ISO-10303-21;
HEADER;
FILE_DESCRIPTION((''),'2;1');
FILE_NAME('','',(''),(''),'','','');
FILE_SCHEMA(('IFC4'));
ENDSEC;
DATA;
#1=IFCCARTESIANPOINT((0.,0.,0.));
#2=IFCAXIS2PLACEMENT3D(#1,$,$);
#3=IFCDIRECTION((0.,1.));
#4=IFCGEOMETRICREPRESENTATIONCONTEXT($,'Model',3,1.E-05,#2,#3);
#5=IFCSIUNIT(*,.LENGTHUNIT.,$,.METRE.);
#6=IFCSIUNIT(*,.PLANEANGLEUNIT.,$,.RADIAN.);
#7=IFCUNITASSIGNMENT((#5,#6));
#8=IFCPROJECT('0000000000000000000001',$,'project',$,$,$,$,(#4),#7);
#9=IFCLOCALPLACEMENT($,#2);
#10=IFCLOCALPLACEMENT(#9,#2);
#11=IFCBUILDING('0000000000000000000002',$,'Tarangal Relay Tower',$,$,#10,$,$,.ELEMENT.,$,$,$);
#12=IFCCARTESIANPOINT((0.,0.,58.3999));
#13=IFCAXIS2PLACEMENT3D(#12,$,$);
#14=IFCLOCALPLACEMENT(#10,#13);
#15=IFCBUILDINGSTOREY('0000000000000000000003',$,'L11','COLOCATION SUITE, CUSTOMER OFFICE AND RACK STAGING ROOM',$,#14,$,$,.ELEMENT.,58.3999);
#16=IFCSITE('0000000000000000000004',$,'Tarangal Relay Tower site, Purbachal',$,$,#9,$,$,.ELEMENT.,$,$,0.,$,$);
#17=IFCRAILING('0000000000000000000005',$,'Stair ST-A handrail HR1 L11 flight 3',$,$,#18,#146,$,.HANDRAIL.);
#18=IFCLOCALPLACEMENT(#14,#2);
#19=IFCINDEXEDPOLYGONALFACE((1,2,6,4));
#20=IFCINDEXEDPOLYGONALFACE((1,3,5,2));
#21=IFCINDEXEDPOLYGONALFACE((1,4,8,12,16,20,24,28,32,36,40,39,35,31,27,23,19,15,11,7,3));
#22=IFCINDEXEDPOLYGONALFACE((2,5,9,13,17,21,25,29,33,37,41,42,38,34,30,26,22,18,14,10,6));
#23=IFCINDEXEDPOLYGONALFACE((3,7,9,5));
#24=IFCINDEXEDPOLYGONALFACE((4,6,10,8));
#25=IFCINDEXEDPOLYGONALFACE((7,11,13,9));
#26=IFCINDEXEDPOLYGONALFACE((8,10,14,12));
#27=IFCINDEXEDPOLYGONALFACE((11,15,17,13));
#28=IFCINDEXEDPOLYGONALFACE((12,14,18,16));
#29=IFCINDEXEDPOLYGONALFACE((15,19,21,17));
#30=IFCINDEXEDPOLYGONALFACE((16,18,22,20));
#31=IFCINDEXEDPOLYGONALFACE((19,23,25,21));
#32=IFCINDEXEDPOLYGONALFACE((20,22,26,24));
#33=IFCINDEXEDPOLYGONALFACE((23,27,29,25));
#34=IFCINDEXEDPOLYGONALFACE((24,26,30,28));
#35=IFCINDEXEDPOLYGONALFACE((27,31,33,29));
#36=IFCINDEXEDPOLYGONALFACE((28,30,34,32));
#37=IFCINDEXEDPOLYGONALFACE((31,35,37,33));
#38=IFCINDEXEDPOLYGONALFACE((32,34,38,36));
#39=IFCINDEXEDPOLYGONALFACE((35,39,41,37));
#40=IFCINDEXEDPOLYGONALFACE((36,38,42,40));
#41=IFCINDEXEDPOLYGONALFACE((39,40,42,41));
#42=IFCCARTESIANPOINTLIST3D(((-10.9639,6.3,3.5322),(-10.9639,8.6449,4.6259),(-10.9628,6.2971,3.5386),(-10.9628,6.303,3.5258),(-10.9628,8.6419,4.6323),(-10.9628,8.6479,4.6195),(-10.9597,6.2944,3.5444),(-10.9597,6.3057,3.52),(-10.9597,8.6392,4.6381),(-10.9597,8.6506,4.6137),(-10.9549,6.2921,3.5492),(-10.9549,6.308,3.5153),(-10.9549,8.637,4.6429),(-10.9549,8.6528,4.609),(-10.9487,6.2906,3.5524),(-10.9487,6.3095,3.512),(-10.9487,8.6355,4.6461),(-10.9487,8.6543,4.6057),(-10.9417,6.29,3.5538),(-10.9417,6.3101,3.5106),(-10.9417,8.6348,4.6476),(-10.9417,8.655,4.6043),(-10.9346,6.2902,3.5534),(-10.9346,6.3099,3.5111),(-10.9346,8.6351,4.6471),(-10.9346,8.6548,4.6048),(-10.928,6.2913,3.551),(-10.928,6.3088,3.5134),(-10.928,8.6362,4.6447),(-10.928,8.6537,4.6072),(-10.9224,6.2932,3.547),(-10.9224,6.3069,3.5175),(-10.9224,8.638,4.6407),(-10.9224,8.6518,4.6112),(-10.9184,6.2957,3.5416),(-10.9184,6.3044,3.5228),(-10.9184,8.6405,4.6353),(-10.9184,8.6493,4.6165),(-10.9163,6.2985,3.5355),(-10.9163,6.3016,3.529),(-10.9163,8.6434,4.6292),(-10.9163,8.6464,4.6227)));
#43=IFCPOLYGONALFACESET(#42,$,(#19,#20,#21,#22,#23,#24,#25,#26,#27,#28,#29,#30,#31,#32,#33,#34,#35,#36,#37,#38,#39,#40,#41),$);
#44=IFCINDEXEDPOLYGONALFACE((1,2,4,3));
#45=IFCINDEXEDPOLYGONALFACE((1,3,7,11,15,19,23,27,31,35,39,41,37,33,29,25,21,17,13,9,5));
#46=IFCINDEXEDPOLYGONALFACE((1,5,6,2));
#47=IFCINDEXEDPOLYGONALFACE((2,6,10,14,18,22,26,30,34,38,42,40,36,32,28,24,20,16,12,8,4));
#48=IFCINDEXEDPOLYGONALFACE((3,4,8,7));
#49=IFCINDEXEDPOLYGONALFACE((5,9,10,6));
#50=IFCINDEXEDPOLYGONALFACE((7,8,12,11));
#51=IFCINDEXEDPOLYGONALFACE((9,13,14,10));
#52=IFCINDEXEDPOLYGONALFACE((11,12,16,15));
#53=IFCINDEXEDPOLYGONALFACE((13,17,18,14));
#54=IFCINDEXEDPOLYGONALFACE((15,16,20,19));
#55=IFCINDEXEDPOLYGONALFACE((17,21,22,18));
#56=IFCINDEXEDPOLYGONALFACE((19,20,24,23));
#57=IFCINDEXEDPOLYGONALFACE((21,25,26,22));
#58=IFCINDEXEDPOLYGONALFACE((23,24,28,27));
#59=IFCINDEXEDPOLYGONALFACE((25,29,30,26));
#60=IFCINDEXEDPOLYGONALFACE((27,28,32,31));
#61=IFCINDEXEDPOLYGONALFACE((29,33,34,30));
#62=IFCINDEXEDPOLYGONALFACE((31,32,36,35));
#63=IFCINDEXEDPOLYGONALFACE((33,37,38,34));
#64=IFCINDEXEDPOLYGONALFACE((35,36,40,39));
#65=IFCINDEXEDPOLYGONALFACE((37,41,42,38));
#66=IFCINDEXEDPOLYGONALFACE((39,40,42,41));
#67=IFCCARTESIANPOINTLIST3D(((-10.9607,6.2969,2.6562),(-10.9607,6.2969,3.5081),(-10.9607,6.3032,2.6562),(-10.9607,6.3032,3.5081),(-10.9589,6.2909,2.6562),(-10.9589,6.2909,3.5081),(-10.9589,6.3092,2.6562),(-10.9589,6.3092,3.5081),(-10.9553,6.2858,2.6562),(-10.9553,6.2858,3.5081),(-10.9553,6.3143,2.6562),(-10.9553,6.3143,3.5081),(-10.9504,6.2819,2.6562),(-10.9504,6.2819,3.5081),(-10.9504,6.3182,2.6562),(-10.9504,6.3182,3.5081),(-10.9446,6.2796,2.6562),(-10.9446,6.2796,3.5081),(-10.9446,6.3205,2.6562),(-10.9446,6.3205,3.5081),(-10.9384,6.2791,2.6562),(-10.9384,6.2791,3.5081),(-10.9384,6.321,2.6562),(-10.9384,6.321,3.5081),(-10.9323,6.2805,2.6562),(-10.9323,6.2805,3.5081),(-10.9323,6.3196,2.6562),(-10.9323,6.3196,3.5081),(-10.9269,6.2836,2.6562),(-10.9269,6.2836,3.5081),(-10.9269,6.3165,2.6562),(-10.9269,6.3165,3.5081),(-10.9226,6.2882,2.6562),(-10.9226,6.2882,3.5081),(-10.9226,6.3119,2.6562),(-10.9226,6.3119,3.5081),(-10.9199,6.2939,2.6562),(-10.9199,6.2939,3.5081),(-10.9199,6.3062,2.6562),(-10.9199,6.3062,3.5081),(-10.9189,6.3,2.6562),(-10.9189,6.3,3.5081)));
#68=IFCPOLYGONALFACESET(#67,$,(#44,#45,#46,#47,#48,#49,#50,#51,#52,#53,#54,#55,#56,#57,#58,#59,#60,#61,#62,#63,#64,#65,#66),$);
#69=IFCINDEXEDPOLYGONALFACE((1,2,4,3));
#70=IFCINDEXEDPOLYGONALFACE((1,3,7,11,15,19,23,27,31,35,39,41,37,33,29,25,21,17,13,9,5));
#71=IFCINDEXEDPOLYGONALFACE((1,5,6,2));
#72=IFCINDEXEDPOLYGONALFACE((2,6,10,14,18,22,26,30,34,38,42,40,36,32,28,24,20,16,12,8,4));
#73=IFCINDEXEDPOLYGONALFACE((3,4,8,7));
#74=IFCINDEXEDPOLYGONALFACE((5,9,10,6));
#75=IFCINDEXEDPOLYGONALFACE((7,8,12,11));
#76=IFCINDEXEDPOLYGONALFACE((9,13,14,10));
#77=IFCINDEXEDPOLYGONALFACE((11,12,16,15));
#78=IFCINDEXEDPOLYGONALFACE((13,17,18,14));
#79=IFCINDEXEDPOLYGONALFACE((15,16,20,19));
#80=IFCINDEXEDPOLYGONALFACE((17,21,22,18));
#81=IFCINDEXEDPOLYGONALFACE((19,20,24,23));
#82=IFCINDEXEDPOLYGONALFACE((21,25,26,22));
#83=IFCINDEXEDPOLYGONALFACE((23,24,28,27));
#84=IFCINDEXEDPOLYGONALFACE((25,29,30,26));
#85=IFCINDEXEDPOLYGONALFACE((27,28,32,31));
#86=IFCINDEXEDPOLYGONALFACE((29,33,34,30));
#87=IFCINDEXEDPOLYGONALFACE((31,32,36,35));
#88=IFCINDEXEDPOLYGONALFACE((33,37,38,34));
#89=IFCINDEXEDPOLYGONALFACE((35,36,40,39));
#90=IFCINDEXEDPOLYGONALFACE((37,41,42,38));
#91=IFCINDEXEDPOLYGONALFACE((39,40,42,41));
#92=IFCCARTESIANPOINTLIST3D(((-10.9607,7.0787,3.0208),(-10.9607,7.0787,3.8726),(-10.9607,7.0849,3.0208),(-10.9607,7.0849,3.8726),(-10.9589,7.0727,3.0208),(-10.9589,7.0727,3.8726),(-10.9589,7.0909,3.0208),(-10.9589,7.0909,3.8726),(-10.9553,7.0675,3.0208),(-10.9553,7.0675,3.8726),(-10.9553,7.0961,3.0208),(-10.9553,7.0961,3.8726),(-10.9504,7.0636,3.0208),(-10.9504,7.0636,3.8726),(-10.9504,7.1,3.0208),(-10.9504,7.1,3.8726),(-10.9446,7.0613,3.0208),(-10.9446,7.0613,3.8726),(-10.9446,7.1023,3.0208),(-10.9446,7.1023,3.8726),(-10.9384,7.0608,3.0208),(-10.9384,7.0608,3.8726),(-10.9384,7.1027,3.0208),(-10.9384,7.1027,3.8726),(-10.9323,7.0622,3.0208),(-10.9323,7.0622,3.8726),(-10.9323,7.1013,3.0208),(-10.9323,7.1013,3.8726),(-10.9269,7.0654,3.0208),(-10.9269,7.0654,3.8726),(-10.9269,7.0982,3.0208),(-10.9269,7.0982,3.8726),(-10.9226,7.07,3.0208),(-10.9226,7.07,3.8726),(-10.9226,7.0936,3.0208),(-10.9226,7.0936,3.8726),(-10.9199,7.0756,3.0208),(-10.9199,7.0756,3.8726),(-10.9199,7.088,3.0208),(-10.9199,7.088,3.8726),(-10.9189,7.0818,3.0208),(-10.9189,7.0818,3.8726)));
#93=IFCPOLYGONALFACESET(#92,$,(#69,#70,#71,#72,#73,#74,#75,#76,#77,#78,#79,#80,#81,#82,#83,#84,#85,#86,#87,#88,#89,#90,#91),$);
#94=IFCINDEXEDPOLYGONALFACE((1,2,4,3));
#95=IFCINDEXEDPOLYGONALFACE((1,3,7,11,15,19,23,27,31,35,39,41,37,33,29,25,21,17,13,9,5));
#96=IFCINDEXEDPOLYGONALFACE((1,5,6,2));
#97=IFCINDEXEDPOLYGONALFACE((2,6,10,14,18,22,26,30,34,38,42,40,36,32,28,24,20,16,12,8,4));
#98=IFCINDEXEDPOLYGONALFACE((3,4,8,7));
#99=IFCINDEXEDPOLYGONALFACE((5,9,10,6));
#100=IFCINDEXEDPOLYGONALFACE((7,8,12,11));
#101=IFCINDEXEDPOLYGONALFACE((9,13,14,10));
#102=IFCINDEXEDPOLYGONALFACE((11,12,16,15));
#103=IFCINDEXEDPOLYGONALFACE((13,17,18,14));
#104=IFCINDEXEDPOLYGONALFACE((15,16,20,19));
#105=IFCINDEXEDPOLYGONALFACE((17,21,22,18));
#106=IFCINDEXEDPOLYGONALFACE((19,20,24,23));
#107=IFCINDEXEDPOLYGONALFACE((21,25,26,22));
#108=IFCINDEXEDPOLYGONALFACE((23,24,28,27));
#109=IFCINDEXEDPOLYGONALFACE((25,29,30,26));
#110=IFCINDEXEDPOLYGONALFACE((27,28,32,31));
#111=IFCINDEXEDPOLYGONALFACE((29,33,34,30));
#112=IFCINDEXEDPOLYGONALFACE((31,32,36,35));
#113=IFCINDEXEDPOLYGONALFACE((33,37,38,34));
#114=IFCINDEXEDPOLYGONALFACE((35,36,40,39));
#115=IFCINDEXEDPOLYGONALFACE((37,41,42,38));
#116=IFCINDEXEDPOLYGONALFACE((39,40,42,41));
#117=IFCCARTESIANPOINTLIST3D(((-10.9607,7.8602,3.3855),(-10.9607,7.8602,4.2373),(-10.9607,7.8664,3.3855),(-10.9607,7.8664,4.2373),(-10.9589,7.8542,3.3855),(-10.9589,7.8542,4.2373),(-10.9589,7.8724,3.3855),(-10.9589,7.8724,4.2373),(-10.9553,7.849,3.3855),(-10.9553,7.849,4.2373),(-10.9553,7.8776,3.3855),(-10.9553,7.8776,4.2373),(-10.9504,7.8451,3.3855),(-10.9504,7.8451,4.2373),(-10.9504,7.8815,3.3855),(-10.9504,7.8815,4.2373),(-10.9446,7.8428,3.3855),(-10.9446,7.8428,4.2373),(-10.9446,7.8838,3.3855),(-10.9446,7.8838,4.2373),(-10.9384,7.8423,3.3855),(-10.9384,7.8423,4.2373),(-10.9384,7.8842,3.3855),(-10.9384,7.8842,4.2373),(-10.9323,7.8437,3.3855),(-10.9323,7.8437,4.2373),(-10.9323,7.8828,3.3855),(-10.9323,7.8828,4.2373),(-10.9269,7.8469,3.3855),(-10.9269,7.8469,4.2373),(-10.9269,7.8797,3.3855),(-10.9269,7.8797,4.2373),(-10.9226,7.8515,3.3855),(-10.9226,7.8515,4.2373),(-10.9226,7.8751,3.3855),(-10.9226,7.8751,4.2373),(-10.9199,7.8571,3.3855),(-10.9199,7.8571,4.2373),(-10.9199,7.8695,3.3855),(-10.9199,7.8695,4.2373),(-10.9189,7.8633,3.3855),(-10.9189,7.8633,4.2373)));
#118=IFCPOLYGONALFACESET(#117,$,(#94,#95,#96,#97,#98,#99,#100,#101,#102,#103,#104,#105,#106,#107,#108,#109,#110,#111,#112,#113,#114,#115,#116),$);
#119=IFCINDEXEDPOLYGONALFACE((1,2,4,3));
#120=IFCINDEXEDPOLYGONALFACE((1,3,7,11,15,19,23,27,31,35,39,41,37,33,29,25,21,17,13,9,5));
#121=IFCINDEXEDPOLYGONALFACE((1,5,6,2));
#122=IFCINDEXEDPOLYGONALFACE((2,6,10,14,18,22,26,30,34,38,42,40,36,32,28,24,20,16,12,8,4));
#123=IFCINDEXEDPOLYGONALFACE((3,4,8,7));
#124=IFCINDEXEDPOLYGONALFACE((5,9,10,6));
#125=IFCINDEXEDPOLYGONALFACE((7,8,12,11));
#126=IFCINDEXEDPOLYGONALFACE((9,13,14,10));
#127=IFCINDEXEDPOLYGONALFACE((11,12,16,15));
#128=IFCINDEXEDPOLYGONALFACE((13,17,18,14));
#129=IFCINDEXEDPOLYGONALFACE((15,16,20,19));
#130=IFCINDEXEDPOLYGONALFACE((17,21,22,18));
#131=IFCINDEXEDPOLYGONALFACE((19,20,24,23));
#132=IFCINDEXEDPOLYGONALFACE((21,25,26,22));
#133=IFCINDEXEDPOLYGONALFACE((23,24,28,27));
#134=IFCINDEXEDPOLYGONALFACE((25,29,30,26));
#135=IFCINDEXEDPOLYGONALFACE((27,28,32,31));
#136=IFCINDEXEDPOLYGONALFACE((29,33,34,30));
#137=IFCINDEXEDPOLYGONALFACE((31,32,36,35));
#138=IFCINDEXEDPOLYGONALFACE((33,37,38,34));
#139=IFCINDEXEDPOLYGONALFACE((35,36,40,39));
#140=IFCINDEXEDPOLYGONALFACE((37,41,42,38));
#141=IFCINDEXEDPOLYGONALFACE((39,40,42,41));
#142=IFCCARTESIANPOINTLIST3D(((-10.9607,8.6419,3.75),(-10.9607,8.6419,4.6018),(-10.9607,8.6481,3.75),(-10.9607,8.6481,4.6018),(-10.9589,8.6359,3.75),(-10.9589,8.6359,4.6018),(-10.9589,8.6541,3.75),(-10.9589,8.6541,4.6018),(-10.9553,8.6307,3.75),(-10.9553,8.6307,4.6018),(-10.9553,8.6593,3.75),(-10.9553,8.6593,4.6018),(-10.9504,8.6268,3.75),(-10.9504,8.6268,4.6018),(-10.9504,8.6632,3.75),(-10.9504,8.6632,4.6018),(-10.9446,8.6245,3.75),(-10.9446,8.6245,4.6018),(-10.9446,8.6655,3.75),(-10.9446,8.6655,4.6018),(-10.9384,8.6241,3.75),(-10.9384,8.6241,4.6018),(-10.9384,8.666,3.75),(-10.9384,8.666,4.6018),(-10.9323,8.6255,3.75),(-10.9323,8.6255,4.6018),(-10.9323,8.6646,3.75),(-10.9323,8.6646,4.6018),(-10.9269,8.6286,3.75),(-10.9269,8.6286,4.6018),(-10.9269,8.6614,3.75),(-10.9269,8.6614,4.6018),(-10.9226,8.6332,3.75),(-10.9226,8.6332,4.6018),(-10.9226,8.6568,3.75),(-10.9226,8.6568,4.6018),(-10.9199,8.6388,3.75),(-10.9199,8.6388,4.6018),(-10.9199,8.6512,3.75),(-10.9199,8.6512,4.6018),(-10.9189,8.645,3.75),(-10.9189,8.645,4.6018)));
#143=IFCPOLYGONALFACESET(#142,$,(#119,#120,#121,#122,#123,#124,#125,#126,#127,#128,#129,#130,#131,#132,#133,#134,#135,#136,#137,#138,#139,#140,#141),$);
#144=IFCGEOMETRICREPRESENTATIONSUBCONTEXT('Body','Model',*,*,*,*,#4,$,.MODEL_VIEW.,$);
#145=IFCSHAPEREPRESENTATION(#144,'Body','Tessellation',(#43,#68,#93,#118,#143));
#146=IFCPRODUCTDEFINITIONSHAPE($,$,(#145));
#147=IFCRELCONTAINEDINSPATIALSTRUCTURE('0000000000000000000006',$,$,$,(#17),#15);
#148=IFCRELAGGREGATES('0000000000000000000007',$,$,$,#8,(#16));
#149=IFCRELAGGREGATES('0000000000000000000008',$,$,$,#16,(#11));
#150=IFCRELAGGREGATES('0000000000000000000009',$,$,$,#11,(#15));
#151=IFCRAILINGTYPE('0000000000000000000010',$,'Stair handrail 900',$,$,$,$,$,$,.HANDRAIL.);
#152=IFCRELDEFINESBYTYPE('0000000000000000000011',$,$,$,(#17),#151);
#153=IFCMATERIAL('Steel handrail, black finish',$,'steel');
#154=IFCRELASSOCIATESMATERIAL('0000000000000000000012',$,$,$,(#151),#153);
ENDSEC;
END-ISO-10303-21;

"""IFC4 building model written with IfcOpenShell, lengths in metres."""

from ifc_helpers import new_model, si_unit, direction, frame, origin, origin_2d, place, context, subcontext, project, spatial, circle, extrude, material, type_object, element, save


model = new_model("IFC4")

# Units and contexts
model_context = context("Model", 3, precision=1e-05, world=origin(), true_north=direction((0.0, 1.0)))
body_context = subcontext(model_context, "Body", "Model", "MODEL_VIEW")
ifc_project = project(units=[si_unit("LENGTHUNIT", "METRE"), si_unit("PLANEANGLEUNIT", "RADIAN")], contexts=[model_context])

# Site, building, storey
site_placement = place(None, origin())
site = spatial("IfcSite", under=ifc_project, at=site_placement, Name="Tarangal Relay Tower site, Purbachal", CompositionType="ELEMENT", RefElevation=0.0)
building_placement = place(site_placement, origin())
building = spatial("IfcBuilding", under=site, at=building_placement, Name="Tarangal Relay Tower", CompositionType="ELEMENT")
storey_placement = place(building_placement, frame((0.0, 0.0, 58.3999)))
storey = spatial("IfcBuildingStorey", under=building, at=storey_placement, Name="L11", Description="COLOCATION SUITE, CUSTOMER OFFICE AND RACK STAGING ROOM", CompositionType="ELEMENT", Elevation=58.3999)

# Railing
ifc_material_1 = material(Name="Steel handrail, black finish", Category="steel")
railing_type_1 = type_object("IfcRailingType", Name="Stair handrail 900", PredefinedType="HANDRAIL", material=ifc_material_1)
for number, where, name in (
    (1, (-10.9399, 6.3, 2.6562), "Stair ST-A handrail HR1 L11 flight 3"),
):
    element("IfcRailing", number, at=place(storey_placement, frame(where)), inside=storey, type_object=railing_type_1, Name=name, PredefinedType="HANDRAIL", context=body_context, shape_type="SweptSolid", body=[
        extrude(circle(Radius=0.0239, at=origin_2d()), frame((0.0, 0.0, 0.876), z_axis=(0.0, 0.906267, 0.422705), x_axis=(-1.0, 0.0, 0.0)), (0.0, 0.0, 1.0), 2.5874),
        extrude(circle(Radius=0.021, at=origin_2d()), origin(), (0.0, 0.0, 1.0), 0.8518),
        extrude(circle(Radius=0.021, at=origin_2d()), frame((0.0, 0.7817, 0.3645)), (0.0, 0.0, 1.0), 0.8518),
        extrude(circle(Radius=0.021, at=origin_2d()), frame((0.0, 1.5632, 0.7292)), (0.0, 0.0, 1.0), 0.8518),
        extrude(circle(Radius=0.021, at=origin_2d()), frame((0.0, 2.345, 1.0938)), (0.0, 0.0, 1.0), 0.8518),
    ])

save(model, "model.ifc")
